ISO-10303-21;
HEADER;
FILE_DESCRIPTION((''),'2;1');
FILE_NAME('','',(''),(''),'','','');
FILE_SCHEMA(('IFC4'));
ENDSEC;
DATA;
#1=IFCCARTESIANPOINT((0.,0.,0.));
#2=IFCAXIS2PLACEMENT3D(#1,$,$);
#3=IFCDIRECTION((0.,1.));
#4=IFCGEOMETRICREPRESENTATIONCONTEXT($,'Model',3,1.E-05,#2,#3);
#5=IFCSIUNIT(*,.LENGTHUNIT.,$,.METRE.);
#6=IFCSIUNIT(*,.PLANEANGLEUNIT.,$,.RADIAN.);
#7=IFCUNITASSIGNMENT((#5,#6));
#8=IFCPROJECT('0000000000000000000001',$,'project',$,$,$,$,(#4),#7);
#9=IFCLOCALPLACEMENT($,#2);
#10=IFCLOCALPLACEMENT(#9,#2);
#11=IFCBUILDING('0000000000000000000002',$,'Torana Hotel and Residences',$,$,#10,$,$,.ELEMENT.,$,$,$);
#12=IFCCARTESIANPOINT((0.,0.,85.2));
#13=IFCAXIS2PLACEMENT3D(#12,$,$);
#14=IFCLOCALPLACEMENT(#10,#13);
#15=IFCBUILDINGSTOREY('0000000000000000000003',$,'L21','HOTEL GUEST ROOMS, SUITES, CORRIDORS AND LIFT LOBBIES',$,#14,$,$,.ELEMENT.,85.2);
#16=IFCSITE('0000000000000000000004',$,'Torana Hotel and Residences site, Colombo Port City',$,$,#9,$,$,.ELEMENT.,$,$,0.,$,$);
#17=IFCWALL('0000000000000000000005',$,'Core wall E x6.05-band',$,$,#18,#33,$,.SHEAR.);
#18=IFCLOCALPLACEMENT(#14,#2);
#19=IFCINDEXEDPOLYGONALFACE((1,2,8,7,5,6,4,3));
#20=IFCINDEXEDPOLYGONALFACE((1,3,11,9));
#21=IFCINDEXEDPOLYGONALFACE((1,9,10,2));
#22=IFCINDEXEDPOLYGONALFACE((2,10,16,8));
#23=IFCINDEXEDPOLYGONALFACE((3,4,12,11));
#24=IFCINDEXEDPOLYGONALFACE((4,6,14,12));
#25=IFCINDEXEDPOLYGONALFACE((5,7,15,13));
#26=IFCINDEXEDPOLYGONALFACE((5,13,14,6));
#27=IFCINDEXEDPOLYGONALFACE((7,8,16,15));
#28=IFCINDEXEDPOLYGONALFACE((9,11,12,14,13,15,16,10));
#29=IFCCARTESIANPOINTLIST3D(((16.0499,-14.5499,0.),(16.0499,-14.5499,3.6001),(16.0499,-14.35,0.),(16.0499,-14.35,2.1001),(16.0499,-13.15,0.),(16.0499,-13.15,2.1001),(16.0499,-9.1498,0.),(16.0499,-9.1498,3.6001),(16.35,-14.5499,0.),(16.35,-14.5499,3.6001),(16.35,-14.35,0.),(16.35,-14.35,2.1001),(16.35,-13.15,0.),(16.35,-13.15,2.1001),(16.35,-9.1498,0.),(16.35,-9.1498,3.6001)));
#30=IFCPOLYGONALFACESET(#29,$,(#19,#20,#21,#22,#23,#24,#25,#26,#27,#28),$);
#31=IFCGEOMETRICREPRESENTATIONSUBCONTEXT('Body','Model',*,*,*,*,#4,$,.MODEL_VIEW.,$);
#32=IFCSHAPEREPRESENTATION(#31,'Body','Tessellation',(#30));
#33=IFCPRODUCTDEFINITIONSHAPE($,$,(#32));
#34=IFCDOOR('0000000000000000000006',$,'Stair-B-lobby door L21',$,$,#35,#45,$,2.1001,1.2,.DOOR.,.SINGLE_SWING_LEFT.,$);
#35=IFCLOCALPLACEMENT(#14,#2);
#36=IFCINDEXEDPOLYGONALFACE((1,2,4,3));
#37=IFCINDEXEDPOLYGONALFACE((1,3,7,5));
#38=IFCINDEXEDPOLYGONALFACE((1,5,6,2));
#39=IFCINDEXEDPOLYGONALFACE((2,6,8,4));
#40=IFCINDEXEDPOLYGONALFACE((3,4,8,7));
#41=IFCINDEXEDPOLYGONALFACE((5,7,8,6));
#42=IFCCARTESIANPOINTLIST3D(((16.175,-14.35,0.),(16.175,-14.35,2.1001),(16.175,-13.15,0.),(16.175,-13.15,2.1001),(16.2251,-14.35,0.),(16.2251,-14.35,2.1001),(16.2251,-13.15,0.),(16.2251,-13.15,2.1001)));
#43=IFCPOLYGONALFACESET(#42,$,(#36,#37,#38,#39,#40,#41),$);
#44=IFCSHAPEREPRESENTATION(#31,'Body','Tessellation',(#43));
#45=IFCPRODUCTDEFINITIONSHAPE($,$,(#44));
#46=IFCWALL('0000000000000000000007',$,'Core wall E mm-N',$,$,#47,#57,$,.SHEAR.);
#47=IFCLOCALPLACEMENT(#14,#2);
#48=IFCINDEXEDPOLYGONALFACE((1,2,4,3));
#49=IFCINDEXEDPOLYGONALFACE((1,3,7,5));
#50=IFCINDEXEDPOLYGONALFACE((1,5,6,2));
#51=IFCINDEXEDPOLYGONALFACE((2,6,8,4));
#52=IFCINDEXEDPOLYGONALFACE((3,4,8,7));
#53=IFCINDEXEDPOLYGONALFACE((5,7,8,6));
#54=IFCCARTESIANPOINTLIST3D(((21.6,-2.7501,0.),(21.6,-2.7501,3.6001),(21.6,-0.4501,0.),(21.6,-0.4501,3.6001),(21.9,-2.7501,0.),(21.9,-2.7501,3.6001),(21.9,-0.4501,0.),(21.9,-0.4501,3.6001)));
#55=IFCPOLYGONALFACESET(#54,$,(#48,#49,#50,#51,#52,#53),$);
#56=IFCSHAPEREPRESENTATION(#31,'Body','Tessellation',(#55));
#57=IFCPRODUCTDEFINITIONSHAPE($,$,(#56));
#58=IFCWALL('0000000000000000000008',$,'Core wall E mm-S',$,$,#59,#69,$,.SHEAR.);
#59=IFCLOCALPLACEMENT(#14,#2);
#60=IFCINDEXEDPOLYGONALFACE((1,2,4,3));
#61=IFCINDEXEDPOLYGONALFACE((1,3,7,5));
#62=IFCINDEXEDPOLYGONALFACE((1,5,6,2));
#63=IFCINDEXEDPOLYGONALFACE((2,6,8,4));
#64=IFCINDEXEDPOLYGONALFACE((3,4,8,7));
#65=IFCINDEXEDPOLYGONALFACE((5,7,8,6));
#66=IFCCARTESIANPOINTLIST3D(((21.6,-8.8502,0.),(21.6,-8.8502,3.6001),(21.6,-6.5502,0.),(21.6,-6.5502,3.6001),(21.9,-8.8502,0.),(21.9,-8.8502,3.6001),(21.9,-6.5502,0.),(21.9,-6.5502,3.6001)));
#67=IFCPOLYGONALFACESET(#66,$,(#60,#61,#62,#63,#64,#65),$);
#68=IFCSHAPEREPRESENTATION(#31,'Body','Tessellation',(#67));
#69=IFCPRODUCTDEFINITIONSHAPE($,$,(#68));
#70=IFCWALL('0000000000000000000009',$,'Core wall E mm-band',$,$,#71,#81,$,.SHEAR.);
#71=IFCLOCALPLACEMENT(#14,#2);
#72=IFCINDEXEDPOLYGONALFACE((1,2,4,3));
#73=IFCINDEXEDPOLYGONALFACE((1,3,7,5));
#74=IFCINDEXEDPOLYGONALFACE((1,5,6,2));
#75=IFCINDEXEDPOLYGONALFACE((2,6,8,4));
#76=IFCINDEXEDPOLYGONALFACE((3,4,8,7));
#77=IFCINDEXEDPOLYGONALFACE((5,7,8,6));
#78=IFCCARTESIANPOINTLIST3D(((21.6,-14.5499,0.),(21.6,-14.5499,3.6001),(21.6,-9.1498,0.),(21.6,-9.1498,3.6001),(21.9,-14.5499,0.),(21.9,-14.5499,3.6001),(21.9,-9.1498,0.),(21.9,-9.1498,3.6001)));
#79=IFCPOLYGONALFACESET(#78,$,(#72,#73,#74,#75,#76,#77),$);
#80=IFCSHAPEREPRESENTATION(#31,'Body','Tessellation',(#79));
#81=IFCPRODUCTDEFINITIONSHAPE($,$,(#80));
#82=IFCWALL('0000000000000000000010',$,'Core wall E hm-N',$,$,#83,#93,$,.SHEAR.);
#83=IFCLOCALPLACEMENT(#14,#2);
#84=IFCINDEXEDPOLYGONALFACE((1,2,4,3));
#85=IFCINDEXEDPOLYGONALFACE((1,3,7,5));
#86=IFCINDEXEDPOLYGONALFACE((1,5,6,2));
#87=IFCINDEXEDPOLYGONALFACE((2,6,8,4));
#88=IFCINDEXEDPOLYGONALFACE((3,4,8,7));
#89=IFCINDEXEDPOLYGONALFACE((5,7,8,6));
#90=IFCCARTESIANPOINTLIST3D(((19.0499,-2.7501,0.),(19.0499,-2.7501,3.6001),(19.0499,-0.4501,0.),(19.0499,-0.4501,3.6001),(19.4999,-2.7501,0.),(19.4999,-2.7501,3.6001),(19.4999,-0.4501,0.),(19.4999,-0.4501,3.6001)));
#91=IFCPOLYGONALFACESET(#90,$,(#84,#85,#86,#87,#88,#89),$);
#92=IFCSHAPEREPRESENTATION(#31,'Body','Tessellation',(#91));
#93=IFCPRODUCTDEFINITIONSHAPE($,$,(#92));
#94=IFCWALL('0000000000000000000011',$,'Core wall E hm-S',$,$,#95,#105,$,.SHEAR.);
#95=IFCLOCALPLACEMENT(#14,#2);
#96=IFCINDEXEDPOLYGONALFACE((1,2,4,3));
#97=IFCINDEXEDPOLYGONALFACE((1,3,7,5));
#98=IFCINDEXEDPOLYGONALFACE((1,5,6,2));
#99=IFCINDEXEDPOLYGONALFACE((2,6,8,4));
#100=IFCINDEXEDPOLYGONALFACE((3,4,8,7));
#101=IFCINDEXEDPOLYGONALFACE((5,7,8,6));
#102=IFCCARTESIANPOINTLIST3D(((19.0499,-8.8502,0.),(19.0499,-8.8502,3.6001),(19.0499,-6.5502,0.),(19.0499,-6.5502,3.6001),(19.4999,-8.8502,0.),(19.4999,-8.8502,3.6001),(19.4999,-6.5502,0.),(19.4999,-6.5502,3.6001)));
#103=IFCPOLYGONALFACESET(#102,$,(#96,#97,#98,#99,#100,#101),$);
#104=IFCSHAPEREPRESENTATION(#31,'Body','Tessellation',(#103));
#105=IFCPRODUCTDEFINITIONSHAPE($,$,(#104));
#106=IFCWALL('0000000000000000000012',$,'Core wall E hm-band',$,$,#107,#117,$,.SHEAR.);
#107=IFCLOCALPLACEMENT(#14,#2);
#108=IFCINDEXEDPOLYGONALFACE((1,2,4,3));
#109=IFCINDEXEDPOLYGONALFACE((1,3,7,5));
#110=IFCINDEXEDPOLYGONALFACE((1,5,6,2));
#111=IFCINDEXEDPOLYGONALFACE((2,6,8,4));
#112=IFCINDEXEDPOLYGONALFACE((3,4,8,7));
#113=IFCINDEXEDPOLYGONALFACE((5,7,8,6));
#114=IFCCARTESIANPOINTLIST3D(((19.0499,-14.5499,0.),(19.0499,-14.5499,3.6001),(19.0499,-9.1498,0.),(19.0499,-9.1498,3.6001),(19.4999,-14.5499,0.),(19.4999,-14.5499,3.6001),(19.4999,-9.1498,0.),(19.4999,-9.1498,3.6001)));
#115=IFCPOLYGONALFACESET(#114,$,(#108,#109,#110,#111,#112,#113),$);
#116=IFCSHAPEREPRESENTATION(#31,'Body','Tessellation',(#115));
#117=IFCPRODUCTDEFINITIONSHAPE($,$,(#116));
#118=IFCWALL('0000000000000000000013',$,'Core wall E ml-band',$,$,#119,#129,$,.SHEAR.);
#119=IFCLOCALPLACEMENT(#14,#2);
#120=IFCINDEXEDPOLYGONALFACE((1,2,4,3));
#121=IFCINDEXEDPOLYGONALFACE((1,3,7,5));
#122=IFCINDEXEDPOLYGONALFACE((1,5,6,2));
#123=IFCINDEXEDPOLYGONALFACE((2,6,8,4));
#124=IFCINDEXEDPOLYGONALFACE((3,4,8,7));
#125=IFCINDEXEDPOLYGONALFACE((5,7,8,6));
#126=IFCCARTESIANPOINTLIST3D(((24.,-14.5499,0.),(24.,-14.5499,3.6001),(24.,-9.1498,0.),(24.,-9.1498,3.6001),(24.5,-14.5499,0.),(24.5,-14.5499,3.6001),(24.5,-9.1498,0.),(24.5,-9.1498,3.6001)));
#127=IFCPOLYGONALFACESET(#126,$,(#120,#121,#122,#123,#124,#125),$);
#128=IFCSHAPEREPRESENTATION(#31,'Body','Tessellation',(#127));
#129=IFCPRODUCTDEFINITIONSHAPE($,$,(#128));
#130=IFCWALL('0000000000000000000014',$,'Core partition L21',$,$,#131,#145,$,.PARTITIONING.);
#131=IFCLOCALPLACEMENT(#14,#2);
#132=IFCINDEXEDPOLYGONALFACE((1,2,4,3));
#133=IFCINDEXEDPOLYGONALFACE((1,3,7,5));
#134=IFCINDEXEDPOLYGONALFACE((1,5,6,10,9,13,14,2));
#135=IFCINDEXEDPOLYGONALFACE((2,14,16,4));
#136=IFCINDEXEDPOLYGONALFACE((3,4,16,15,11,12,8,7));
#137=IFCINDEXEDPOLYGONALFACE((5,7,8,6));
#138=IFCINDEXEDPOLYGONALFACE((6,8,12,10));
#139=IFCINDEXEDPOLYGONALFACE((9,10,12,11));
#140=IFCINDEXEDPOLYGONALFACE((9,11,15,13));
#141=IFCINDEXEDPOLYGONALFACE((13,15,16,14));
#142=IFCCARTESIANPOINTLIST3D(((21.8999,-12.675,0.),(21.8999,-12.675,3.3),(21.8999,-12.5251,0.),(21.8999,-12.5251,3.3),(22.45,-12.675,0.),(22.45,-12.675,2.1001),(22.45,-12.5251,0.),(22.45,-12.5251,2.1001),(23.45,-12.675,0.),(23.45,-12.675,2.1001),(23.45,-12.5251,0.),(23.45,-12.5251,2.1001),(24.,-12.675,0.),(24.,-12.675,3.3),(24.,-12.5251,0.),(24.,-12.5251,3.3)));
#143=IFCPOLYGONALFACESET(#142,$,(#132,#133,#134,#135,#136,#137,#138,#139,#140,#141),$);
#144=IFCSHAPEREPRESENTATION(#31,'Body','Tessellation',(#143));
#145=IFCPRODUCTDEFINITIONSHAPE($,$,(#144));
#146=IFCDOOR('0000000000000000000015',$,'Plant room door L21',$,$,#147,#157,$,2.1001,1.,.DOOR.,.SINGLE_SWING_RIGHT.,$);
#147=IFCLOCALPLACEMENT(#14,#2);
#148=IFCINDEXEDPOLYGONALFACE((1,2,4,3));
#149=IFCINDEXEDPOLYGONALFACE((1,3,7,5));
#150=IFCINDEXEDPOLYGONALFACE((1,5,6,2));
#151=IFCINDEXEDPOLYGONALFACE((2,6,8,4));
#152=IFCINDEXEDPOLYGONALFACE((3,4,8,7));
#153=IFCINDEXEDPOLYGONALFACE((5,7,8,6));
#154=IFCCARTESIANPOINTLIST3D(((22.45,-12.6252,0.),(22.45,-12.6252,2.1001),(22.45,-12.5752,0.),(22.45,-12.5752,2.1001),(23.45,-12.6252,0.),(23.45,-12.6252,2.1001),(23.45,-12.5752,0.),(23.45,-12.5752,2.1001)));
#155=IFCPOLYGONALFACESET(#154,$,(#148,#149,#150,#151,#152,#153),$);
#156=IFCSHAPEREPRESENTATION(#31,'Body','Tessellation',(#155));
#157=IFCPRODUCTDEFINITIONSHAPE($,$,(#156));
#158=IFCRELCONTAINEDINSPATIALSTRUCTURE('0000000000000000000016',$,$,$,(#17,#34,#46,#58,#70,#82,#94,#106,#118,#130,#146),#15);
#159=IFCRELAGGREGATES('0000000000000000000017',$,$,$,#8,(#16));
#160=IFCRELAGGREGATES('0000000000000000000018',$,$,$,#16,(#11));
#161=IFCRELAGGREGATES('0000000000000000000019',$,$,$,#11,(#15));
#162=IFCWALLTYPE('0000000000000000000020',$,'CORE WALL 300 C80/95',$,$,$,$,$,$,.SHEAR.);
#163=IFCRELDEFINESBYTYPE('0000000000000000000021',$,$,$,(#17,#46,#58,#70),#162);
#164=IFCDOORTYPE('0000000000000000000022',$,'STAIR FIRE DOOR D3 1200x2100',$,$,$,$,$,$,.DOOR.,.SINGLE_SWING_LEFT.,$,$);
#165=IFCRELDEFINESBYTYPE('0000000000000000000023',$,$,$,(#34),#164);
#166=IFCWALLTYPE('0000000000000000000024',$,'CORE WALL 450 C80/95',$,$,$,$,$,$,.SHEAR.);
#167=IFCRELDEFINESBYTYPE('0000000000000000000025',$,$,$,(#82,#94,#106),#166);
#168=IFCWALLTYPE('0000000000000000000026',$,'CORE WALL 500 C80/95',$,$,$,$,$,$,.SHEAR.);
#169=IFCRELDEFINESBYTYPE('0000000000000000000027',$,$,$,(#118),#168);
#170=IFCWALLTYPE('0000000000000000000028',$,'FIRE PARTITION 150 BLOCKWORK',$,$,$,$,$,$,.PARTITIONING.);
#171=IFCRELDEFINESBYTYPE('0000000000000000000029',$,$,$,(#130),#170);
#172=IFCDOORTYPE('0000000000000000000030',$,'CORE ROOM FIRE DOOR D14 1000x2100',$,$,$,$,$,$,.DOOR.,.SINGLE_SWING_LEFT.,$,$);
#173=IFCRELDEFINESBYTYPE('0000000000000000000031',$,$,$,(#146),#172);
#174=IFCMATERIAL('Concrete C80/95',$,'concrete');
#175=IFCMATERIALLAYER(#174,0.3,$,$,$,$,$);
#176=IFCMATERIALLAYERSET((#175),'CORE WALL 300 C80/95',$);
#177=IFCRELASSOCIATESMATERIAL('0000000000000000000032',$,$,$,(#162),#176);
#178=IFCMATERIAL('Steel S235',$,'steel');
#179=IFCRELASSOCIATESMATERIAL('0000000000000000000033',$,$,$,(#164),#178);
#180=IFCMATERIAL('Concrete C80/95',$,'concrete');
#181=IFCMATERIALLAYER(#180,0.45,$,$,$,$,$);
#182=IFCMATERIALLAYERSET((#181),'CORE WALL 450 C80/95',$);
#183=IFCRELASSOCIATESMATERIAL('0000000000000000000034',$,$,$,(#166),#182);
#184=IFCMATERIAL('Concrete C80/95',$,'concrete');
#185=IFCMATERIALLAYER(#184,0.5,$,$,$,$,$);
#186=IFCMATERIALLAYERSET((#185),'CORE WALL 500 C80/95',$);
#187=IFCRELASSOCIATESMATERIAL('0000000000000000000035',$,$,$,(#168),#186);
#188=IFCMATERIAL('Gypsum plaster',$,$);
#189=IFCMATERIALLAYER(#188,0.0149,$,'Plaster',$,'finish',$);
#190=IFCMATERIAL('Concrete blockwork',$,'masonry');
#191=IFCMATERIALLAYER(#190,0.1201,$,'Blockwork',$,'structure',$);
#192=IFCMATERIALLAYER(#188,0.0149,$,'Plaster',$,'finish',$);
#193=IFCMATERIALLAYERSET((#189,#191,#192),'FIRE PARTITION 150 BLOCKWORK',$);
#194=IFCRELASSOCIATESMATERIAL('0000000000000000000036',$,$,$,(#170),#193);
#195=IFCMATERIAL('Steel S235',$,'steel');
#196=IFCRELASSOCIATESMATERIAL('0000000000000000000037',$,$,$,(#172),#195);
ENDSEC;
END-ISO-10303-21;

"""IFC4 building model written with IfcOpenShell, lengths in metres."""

from ifc_helpers import new_model, si_unit, direction, frame, frame_2d, origin, place, context, subcontext, project, spatial, rectangle, extrude, material, layer, layer_set, type_object, element, fill, save


model = new_model("IFC4")

# Units and contexts
model_context = context("Model", 3, precision=1e-05, world=origin(), true_north=direction((0.0, 1.0)))
body_context = subcontext(model_context, "Body", "Model", "MODEL_VIEW")
ifc_project = project(units=[si_unit("LENGTHUNIT", "METRE"), si_unit("PLANEANGLEUNIT", "RADIAN")], contexts=[model_context])

# Site, building, storey
site_placement = place(None, origin())
site = spatial("IfcSite", under=ifc_project, at=site_placement, Name="Torana Hotel and Residences site, Colombo Port City", CompositionType="ELEMENT", RefElevation=0.0)
building_placement = place(site_placement, origin())
building = spatial("IfcBuilding", under=site, at=building_placement, Name="Torana Hotel and Residences", CompositionType="ELEMENT")
storey_placement = place(building_placement, frame((0.0, 0.0, 85.2)))
storey = spatial("IfcBuildingStorey", under=building, at=storey_placement, Name="L21", Description="HOTEL GUEST ROOMS, SUITES, CORRIDORS AND LIFT LOBBIES", CompositionType="ELEMENT", Elevation=85.2)

# Wall, opening, door
ifc_material_1 = material(Name="Concrete C80/95", Category="concrete")
ifc_layer_1 = layer(ifc_material_1, 0.3)
ifc_layer_set_1 = layer_set([ifc_layer_1], Name="CORE WALL 300 C80/95")
wall_type_1 = type_object("IfcWallType", Name="CORE WALL 300 C80/95", PredefinedType="SHEAR", material=ifc_layer_set_1)
wall_1_placement = place(storey_placement, frame((16.2, -14.55, 0.0), z_axis=(0.0, 0.0, 1.0), x_axis=(0.0, 1.0, 0.0)))
wall_1 = element("IfcWall", 1, at=wall_1_placement, inside=storey, type_object=wall_type_1, Name="Core wall E x6.05-band", PredefinedType="SHEAR", context=body_context, shape_type="SweptSolid", body=[
    extrude(rectangle(XDim=5.4001, YDim=0.3, at=frame_2d((2.7002, 0.0))), origin(), (0.0, 0.0, 1.0), 3.6001),
])
opening_1_placement = place(wall_1_placement, frame((0.2, 0.0, 0.0)))
opening_1 = element("IfcOpeningElement", 2, at=opening_1_placement, cuts=wall_1, PredefinedType="OPENING", context=body_context, shape_type="SweptSolid", body=[
    extrude(rectangle(XDim=1.2, YDim=2.1001, at=frame_2d((0.6001, 1.05))), frame((0.0, 0.1599, 0.0), z_axis=(0.0, -1.0, 0.0), x_axis=(1.0, 0.0, 0.0)), (0.0, 0.0, 1.0), 0.3201),
])
ifc_material_2 = material(Name="Steel S235", Category="steel")
door_type_1 = type_object("IfcDoorType", Name="STAIR FIRE DOOR D3 1200x2100", OperationType="SINGLE_SWING_LEFT", PredefinedType="DOOR", material=ifc_material_2)
door_1_placement = place(opening_1_placement, frame((0.6001, 0.0, 0.0), z_axis=(0.0, 0.0, 1.0), x_axis=(-1.0, 0.0, 0.0)))
door_1 = element("IfcDoor", 3, at=door_1_placement, inside=storey, type_object=door_type_1, Name="Stair-B-lobby door L21", OperationType="SINGLE_SWING_LEFT", OverallHeight=2.1001, OverallWidth=1.2, PredefinedType="DOOR", context=body_context, shape_type="SweptSolid", body=[
    extrude(rectangle(XDim=1.2, YDim=2.1001, at=frame_2d((0.0, 1.05))), frame((0.0, -0.0249, 0.0), z_axis=(0.0, 1.0, 0.0), x_axis=(-1.0, 0.0, 0.0)), (0.0, 0.0, 1.0), 0.05),
])
fill(opening_1, door_1)

# Walls
for number, where, z_axis, x_axis, name in (
    (4, (21.75, -2.75, 0.0), (0.0, 0.0, 1.0), (0.0, 1.0, 0.0), "Core wall E mm-N"),
    (5, (21.75, -8.8501, 0.0), (0.0, 0.0, 1.0), (0.0, 1.0, 0.0), "Core wall E mm-S"),
):
    element("IfcWall", number, at=place(storey_placement, frame(where, z_axis=z_axis, x_axis=x_axis)), inside=storey, type_object=wall_type_1, Name=name, PredefinedType="SHEAR", context=body_context, shape_type="SweptSolid", body=[
        extrude(rectangle(XDim=2.3, YDim=0.3, at=frame_2d((1.1499, 0.0))), origin(), (0.0, 0.0, 1.0), 3.6001),
    ])
wall_2_placement = place(storey_placement, frame((21.75, -14.55, 0.0), z_axis=(0.0, 0.0, 1.0), x_axis=(0.0, 1.0, 0.0)))
element("IfcWall", 6, at=wall_2_placement, inside=storey, type_object=wall_type_1, Name="Core wall E mm-band", PredefinedType="SHEAR", context=body_context, shape_type="SweptSolid", body=[
    extrude(rectangle(XDim=5.4001, YDim=0.3, at=frame_2d((2.7002, 0.0))), origin(), (0.0, 0.0, 1.0), 3.6001),
])
ifc_material_3 = material(Name="Concrete C80/95", Category="concrete")
ifc_layer_2 = layer(ifc_material_3, 0.45)
ifc_layer_set_2 = layer_set([ifc_layer_2], Name="CORE WALL 450 C80/95")
wall_type_2 = type_object("IfcWallType", Name="CORE WALL 450 C80/95", PredefinedType="SHEAR", material=ifc_layer_set_2)
for number, where, z_axis, x_axis, name in (
    (7, (19.2749, -2.75, 0.0), (0.0, 0.0, 1.0), (0.0, 1.0, 0.0), "Core wall E hm-N"),
    (8, (19.2749, -8.8501, 0.0), (0.0, 0.0, 1.0), (0.0, 1.0, 0.0), "Core wall E hm-S"),
):
    element("IfcWall", number, at=place(storey_placement, frame(where, z_axis=z_axis, x_axis=x_axis)), inside=storey, type_object=wall_type_2, Name=name, PredefinedType="SHEAR", context=body_context, shape_type="SweptSolid", body=[
        extrude(rectangle(XDim=2.3, YDim=0.45, at=frame_2d((1.1499, 0.0))), origin(), (0.0, 0.0, 1.0), 3.6001),
    ])
wall_3_placement = place(storey_placement, frame((19.2749, -14.55, 0.0), z_axis=(0.0, 0.0, 1.0), x_axis=(0.0, 1.0, 0.0)))
element("IfcWall", 9, at=wall_3_placement, inside=storey, type_object=wall_type_2, Name="Core wall E hm-band", PredefinedType="SHEAR", context=body_context, shape_type="SweptSolid", body=[
    extrude(rectangle(XDim=5.4001, YDim=0.45, at=frame_2d((2.7002, 0.0))), origin(), (0.0, 0.0, 1.0), 3.6001),
])
ifc_material_4 = material(Name="Concrete C80/95", Category="concrete")
ifc_layer_3 = layer(ifc_material_4, 0.5)
ifc_layer_set_3 = layer_set([ifc_layer_3], Name="CORE WALL 500 C80/95")
wall_type_3 = type_object("IfcWallType", Name="CORE WALL 500 C80/95", PredefinedType="SHEAR", material=ifc_layer_set_3)
wall_4_placement = place(storey_placement, frame((24.25, -14.55, 0.0), z_axis=(0.0, 0.0, 1.0), x_axis=(0.0, 1.0, 0.0)))
element("IfcWall", 10, at=wall_4_placement, inside=storey, type_object=wall_type_3, Name="Core wall E ml-band", PredefinedType="SHEAR", context=body_context, shape_type="SweptSolid", body=[
    extrude(rectangle(XDim=5.4001, YDim=0.5, at=frame_2d((2.7002, 0.0))), origin(), (0.0, 0.0, 1.0), 3.6001),
])

# Wall, opening, door
ifc_material_5 = material(Name="Gypsum plaster")
ifc_layer_4 = layer(ifc_material_5, 0.0149, Name="Plaster", Category="finish")
ifc_material_6 = material(Name="Concrete blockwork", Category="masonry")
ifc_layer_5 = layer(ifc_material_6, 0.1201, Name="Blockwork", Category="structure")
ifc_layer_6 = layer(ifc_material_5, 0.0149, Name="Plaster", Category="finish")
ifc_layer_set_4 = layer_set([ifc_layer_4, ifc_layer_5, ifc_layer_6], Name="FIRE PARTITION 150 BLOCKWORK")
wall_type_4 = type_object("IfcWallType", Name="FIRE PARTITION 150 BLOCKWORK", PredefinedType="PARTITIONING", material=ifc_layer_set_4)
wall_5_placement = place(storey_placement, frame((21.8999, -12.6001, 0.0), z_axis=(0.0, 0.0, 1.0), x_axis=(1.0, 0.0, 0.0)))
wall_5 = element("IfcWall", 11, at=wall_5_placement, inside=storey, type_object=wall_type_4, Name="Core partition L21", PredefinedType="PARTITIONING", context=body_context, shape_type="SweptSolid", body=[
    extrude(rectangle(XDim=2.1001, YDim=0.1499, at=frame_2d((1.05, 0.0))), origin(), (0.0, 0.0, 1.0), 3.3),
])
opening_2_placement = place(wall_5_placement, frame((0.55, 0.0, 0.0)))
opening_2 = element("IfcOpeningElement", 12, at=opening_2_placement, cuts=wall_5, PredefinedType="OPENING", context=body_context, shape_type="SweptSolid", body=[
    extrude(rectangle(XDim=1.0, YDim=2.1001, at=frame_2d((0.5, 1.05))), frame((0.0, 0.085, 0.0), z_axis=(0.0, -1.0, 0.0), x_axis=(1.0, 0.0, 0.0)), (0.0, 0.0, 1.0), 0.1699),
])
ifc_material_7 = material(Name="Steel S235", Category="steel")
door_type_2 = type_object("IfcDoorType", Name="CORE ROOM FIRE DOOR D14 1000x2100", OperationType="SINGLE_SWING_LEFT", PredefinedType="DOOR", material=ifc_material_7)
door_2_placement = place(opening_2_placement, origin())
door_2 = element("IfcDoor", 13, at=door_2_placement, inside=storey, type_object=door_type_2, Name="Plant room door L21", OperationType="SINGLE_SWING_RIGHT", OverallHeight=2.1001, OverallWidth=1.0, PredefinedType="DOOR", context=body_context, shape_type="SweptSolid", body=[
    extrude(rectangle(XDim=1.0, YDim=2.1001, at=frame_2d((0.5, 1.05))), frame((0.0, 0.0249, 0.0), z_axis=(0.0, -1.0, 0.0), x_axis=(1.0, 0.0, 0.0)), (0.0, 0.0, 1.0), 0.05),
])
fill(opening_2, door_2)

save(model, "model.ifc")
